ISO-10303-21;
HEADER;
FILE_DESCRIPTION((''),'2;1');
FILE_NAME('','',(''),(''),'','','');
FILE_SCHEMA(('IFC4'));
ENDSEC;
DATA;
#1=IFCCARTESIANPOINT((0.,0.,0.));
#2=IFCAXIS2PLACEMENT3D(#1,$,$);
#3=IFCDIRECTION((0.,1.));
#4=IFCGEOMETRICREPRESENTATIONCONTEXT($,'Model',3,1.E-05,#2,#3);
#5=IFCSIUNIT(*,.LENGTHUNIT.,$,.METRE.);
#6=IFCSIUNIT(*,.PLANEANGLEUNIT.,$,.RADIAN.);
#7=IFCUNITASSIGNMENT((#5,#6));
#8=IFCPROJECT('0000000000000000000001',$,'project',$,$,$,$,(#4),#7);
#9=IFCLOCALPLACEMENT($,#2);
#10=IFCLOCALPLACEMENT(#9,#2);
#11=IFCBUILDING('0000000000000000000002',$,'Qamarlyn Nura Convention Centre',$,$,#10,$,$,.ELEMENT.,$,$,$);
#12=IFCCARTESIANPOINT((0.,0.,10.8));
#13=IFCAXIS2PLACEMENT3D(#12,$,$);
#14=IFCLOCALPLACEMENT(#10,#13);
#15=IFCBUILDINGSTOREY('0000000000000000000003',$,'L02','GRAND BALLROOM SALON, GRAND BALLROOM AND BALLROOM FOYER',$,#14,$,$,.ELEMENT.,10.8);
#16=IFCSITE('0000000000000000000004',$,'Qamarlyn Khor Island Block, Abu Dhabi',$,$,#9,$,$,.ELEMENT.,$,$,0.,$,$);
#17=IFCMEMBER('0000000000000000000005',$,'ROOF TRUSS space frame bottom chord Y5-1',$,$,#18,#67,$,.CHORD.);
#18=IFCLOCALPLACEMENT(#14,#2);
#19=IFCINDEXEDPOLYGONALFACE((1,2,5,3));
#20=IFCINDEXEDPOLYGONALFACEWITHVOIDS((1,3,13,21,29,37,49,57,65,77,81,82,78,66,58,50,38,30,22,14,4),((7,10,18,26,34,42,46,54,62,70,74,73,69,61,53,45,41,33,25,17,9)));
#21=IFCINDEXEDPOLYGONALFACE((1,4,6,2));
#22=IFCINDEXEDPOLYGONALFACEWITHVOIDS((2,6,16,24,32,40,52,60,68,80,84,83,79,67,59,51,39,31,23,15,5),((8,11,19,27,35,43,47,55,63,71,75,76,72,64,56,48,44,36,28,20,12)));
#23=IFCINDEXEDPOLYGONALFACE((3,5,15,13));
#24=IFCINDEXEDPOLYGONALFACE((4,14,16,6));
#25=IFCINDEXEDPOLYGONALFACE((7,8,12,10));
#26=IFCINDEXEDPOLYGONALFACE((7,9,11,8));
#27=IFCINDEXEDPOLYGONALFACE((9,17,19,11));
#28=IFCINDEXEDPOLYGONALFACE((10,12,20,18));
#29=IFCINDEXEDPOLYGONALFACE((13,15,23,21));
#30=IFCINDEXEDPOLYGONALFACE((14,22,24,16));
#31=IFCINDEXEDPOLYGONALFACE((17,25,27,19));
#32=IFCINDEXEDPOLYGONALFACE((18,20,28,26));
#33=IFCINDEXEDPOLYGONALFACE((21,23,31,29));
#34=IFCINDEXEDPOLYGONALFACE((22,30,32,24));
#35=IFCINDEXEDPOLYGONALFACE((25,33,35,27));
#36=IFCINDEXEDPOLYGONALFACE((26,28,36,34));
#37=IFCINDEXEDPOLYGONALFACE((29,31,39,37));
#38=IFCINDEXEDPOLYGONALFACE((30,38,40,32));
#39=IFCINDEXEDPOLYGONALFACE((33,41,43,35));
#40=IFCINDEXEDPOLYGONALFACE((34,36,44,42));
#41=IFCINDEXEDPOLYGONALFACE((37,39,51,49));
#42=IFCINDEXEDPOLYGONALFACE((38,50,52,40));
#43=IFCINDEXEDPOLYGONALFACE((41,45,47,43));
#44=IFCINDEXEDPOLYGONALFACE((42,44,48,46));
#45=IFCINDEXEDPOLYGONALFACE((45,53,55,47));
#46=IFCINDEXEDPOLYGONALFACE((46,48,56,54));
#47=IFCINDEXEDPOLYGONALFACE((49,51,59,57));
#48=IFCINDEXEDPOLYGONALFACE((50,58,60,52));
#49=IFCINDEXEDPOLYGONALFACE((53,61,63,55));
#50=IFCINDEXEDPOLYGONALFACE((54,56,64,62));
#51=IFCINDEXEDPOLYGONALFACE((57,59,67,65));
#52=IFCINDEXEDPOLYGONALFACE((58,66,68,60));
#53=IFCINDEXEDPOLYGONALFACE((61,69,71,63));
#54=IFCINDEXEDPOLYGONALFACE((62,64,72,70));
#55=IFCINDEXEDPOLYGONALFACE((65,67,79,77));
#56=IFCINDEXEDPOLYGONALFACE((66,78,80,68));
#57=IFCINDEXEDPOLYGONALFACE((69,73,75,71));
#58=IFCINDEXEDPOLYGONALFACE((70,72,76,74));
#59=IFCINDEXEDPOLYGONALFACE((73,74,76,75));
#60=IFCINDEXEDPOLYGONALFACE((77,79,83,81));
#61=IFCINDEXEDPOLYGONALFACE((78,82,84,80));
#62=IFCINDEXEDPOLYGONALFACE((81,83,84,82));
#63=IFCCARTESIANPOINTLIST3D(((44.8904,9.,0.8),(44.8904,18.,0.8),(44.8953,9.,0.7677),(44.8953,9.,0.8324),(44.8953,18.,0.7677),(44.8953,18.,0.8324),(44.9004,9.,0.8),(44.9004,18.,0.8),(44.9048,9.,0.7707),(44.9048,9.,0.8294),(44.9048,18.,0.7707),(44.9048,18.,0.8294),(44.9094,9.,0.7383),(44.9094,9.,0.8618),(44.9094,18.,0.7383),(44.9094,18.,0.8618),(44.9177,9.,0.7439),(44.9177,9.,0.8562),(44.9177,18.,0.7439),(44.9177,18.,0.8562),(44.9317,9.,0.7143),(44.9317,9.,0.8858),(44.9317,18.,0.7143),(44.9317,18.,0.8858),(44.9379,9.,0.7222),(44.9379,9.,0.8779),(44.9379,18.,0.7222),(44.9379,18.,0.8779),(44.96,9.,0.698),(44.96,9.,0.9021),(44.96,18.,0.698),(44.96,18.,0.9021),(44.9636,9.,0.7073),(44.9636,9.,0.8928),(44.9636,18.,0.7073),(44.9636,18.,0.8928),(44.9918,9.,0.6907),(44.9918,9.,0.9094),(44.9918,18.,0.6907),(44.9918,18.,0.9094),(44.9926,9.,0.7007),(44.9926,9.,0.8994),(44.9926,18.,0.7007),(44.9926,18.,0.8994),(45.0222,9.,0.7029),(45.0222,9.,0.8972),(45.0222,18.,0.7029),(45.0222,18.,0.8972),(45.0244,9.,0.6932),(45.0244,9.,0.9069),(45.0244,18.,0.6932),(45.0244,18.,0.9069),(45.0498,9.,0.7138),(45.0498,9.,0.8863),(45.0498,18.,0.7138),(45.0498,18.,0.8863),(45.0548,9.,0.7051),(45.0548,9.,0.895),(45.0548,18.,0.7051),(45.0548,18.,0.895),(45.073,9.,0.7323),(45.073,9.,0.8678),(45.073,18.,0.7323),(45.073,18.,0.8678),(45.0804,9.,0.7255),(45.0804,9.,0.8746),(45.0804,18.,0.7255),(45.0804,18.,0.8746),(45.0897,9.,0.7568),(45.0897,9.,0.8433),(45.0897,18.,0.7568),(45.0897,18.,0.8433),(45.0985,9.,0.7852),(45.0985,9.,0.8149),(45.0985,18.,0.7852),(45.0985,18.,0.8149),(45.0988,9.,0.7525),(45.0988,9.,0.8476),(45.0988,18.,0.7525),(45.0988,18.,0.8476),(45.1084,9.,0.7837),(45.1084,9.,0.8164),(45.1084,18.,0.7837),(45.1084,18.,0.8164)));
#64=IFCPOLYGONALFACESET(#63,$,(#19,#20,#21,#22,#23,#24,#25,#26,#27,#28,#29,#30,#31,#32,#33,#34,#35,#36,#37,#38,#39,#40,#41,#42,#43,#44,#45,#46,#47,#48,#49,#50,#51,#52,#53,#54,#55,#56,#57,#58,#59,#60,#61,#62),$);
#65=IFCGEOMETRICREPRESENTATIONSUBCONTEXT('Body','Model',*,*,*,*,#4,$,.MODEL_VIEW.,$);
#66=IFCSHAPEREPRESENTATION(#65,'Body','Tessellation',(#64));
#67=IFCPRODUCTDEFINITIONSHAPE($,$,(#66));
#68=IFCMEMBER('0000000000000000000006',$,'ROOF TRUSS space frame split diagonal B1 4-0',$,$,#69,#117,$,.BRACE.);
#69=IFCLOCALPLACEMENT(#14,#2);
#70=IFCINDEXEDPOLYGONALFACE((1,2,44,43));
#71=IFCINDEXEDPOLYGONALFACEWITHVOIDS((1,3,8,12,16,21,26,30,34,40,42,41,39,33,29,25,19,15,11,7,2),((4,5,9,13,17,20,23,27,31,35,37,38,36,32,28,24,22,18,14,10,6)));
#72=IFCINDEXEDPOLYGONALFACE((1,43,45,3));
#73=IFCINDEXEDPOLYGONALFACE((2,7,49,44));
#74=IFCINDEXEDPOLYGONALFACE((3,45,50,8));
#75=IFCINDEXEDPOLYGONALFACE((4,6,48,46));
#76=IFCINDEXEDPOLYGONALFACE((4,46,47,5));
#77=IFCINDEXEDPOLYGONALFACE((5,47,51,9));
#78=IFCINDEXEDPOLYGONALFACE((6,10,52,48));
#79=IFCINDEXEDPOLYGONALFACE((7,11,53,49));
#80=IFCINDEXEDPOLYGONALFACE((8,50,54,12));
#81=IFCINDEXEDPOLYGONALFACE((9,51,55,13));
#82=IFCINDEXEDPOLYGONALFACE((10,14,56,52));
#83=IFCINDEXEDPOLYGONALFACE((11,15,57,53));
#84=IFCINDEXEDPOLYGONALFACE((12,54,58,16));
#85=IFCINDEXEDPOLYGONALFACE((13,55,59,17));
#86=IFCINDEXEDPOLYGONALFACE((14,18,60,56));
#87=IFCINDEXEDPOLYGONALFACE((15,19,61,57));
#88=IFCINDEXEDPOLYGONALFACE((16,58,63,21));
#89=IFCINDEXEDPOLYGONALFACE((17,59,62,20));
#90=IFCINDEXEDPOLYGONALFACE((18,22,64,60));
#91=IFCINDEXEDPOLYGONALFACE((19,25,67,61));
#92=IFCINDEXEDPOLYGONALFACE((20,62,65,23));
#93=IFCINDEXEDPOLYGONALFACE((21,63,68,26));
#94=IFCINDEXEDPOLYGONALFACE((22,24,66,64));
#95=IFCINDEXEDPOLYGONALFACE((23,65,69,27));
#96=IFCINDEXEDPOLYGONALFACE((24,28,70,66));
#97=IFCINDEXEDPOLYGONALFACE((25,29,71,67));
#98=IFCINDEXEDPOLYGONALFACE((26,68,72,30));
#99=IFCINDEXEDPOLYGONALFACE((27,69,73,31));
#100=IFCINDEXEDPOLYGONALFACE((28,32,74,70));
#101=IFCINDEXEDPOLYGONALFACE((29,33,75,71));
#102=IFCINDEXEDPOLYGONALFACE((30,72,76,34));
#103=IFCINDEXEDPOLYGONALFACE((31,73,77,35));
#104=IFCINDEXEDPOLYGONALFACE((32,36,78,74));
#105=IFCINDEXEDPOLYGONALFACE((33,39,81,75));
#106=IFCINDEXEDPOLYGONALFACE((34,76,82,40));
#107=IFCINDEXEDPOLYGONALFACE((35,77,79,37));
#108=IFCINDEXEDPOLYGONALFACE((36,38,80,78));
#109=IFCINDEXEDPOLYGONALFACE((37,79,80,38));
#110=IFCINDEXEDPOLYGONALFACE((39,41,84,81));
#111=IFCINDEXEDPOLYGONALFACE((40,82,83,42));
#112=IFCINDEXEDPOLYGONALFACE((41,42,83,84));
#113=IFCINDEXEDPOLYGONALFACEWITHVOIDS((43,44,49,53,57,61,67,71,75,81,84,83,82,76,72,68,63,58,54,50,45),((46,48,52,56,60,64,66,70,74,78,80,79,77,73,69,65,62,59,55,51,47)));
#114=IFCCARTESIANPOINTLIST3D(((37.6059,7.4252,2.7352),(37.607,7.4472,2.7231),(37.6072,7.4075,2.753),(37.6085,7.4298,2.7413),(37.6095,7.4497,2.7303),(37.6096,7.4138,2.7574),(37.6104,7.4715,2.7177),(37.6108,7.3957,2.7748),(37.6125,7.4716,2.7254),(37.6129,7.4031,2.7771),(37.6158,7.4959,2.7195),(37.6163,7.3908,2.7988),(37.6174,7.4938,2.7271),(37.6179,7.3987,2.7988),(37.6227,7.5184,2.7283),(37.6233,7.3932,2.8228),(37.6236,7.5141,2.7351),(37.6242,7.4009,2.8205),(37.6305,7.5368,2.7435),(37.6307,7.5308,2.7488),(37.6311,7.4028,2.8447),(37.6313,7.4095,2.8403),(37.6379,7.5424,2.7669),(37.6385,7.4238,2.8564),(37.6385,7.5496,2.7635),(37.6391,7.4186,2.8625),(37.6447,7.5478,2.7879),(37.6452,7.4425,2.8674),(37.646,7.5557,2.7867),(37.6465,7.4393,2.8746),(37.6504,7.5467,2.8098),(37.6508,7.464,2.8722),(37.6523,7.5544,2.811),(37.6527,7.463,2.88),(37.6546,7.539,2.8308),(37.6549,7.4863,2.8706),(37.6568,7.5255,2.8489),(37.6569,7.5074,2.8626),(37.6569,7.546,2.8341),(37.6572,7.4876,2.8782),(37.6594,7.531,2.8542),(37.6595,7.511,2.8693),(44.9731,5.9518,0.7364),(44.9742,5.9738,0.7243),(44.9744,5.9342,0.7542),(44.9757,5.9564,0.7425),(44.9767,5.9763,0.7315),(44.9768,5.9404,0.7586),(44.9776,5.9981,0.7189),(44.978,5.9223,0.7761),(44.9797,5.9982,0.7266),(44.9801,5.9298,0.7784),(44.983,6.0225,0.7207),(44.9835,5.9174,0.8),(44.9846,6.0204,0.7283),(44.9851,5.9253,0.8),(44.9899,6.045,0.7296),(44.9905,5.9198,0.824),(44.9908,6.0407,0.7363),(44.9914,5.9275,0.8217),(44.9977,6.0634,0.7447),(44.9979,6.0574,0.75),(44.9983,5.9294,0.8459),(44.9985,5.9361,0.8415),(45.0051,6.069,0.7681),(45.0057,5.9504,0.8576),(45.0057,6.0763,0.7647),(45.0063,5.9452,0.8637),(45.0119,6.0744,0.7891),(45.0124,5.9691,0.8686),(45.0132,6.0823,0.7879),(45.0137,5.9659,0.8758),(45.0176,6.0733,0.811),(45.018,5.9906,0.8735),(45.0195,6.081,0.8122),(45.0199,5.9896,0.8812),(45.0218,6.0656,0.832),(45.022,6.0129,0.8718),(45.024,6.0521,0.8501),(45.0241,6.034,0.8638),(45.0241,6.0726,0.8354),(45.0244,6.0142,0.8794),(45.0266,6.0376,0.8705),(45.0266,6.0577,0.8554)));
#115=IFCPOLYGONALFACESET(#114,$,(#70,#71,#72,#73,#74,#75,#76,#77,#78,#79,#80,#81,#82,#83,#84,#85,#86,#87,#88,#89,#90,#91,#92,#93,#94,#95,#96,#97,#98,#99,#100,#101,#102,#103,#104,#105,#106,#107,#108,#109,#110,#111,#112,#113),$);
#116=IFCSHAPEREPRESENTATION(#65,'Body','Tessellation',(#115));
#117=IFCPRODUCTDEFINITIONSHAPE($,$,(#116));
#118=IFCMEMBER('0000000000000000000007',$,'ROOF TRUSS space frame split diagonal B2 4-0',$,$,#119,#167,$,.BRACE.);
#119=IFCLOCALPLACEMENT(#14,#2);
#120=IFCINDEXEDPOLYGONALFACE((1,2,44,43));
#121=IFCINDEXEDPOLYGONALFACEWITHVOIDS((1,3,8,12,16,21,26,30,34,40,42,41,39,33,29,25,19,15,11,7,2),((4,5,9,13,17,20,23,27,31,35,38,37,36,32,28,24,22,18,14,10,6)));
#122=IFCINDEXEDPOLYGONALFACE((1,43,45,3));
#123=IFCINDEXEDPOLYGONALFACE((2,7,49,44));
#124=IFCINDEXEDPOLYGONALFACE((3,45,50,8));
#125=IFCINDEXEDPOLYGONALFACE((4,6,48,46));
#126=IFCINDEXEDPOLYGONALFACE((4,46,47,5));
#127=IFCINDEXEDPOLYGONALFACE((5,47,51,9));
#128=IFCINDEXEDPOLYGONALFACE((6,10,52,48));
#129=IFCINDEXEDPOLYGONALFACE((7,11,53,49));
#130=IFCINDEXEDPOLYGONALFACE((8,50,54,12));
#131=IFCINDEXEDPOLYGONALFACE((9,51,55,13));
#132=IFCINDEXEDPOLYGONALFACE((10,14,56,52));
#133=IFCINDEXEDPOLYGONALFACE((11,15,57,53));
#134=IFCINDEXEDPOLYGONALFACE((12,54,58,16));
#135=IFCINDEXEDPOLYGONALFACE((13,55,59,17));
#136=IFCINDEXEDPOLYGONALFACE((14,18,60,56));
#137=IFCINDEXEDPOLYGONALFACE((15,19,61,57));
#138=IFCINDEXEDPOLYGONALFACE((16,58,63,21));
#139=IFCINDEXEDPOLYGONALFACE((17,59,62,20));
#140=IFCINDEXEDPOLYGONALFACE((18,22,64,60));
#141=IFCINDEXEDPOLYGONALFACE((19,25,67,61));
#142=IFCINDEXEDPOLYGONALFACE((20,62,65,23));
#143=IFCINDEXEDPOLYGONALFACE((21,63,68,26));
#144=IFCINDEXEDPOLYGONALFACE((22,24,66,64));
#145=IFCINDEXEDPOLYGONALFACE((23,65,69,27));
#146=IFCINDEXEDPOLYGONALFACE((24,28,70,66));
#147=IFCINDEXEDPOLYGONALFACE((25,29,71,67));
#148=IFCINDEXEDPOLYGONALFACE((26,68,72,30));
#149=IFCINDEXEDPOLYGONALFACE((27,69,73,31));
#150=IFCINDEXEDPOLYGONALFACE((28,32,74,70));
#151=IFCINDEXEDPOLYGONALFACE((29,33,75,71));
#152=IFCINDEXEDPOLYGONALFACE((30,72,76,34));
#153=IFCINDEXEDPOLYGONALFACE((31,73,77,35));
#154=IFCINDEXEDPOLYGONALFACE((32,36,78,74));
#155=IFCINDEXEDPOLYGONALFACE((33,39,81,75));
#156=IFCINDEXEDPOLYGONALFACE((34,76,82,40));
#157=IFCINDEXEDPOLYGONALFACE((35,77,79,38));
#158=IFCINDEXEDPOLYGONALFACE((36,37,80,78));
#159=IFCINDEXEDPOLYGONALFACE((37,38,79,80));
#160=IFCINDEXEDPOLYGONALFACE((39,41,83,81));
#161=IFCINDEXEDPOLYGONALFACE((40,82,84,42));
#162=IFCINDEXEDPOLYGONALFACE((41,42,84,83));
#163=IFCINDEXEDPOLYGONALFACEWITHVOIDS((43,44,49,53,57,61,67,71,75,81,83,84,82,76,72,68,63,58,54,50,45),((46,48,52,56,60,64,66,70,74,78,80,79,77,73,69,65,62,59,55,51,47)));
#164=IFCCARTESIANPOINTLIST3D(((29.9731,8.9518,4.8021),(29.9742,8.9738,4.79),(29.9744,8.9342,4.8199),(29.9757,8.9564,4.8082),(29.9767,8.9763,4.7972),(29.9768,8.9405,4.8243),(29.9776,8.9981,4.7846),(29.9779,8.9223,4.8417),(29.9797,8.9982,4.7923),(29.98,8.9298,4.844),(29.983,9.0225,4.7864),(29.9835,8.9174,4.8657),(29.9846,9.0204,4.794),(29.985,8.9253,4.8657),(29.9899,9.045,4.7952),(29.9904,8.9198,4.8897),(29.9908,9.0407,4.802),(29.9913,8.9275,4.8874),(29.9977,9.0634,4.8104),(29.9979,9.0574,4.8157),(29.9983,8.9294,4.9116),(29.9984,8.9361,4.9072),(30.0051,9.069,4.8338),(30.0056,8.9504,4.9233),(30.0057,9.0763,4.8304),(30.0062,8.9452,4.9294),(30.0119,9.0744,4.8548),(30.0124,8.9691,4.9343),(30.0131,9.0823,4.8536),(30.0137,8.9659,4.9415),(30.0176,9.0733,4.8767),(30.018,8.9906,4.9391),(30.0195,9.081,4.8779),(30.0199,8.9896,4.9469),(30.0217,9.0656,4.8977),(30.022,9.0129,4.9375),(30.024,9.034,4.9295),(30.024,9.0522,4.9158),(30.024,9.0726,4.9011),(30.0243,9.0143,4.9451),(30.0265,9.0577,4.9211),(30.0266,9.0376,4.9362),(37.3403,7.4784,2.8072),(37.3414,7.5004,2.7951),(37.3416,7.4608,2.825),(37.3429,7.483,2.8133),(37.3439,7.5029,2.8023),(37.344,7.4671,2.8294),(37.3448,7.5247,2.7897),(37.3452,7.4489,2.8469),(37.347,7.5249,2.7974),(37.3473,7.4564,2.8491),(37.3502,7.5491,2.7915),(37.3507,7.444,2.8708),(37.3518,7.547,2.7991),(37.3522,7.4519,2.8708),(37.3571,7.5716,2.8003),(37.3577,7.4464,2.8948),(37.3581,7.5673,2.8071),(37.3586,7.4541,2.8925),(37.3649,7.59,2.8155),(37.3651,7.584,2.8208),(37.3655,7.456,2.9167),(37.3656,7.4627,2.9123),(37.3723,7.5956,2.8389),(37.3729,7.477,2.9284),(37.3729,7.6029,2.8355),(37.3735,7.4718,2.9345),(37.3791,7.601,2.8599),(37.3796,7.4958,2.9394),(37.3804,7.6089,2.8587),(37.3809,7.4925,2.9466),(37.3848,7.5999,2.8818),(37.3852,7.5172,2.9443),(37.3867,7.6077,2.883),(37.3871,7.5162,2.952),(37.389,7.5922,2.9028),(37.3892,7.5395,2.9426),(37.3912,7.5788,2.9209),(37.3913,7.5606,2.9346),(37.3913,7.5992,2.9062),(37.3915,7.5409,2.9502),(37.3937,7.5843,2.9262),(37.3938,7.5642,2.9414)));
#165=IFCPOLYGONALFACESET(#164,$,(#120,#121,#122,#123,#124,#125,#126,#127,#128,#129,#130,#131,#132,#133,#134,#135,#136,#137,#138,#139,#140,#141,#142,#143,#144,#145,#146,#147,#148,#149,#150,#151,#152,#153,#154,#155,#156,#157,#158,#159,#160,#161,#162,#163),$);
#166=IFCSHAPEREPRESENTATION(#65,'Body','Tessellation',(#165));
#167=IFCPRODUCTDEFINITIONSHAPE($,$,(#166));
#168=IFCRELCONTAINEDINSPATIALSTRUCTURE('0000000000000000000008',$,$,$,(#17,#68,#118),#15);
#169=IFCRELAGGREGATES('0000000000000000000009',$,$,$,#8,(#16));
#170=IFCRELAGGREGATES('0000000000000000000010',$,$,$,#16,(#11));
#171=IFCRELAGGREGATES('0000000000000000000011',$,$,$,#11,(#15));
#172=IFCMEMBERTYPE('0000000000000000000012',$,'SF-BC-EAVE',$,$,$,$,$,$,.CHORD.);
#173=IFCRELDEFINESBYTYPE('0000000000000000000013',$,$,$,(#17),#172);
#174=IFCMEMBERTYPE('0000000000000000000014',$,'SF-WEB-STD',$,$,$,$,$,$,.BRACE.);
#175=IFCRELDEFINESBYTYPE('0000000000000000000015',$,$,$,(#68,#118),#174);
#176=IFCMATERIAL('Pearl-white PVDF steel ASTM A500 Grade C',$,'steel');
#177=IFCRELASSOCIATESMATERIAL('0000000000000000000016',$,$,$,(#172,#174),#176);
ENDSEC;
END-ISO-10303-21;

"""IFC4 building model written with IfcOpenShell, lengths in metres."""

from ifc_helpers import new_model, si_unit, direction, frame, origin, origin_2d, place, context, subcontext, project, spatial, hollow_circle, extrude, material, material_profile, profile_set, type_object, element, save


model = new_model("IFC4")

# Units and contexts
model_context = context("Model", 3, precision=1e-05, world=origin(), true_north=direction((0.0, 1.0)))
body_context = subcontext(model_context, "Body", "Model", "MODEL_VIEW")
ifc_project = project(units=[si_unit("LENGTHUNIT", "METRE"), si_unit("PLANEANGLEUNIT", "RADIAN")], contexts=[model_context])

# Site, building, storey
site_placement = place(None, origin())
site = spatial("IfcSite", under=ifc_project, at=site_placement, Name="Qamarlyn Khor Island Block, Abu Dhabi", CompositionType="ELEMENT", RefElevation=0.0)
building_placement = place(site_placement, origin())
building = spatial("IfcBuilding", under=site, at=building_placement, Name="Qamarlyn Nura Convention Centre", CompositionType="ELEMENT")
storey_placement = place(building_placement, frame((0.0, 0.0, 10.8)))
storey = spatial("IfcBuildingStorey", under=building, at=storey_placement, Name="L02", Description="GRAND BALLROOM SALON, GRAND BALLROOM AND BALLROOM FOYER", CompositionType="ELEMENT", Elevation=10.8)

# Members
ifc_material_1 = material(Name="Pearl-white PVDF steel ASTM A500 Grade C", Category="steel")
ifc_material_profile_1 = material_profile(ifc_material_1, hollow_circle(Radius=0.1096, WallThickness=0.01, at=origin_2d()), Name="CHS219.1X10")
ifc_profile_set_1 = profile_set([ifc_material_profile_1], Name="Pearl-white PVDF steel ASTM A500 Grade C")
member_type_1 = type_object("IfcMemberType", Name="SF-BC-EAVE", PredefinedType="CHORD", material=ifc_profile_set_1)
member_1_placement = place(storey_placement, frame((45.0, 9.0, 0.8), z_axis=(0.0, 1.0, 0.0), x_axis=(-1.0, 0.0, 0.0)))
element("IfcMember", 1, at=member_1_placement, inside=storey, type_object=member_type_1, Name="ROOF TRUSS space frame bottom chord Y5-1", PredefinedType="CHORD", context=body_context, shape_type="SweptSolid", body=[
    extrude(hollow_circle(Radius=0.1096, WallThickness=0.01, at=origin_2d()), origin(), (0.0, 0.0, 1.0), 9.0),
])
ifc_material_profile_2 = material_profile(ifc_material_1, hollow_circle(Radius=0.0842, WallThickness=0.0081, at=origin_2d()), Name="CHS168.3X8")
ifc_profile_set_2 = profile_set([ifc_material_profile_2], Name="Pearl-white PVDF steel ASTM A500 Grade C")
member_type_2 = type_object("IfcMemberType", Name="SF-WEB-STD", PredefinedType="BRACE", material=ifc_profile_set_2)
member_2_placement = place(storey_placement, frame((45.0, 6.0, 0.8), z_axis=(-0.94762, 0.189518, 0.257097), x_axis=(-0.19611, -0.980582, 0.0)))
element("IfcMember", 2, at=member_2_placement, inside=storey, type_object=member_type_2, Name="ROOF TRUSS space frame split diagonal B1 4-0", PredefinedType="BRACE", context=body_context, shape_type="SweptSolid", body=[
    extrude(hollow_circle(Radius=0.0842, WallThickness=0.0081, at=origin_2d()), origin(), (0.0, 0.0, 1.0), 7.7744),
])
member_3_placement = place(storey_placement, frame((37.3672, 7.5266, 2.8708), z_axis=(-0.947743, 0.189542, 0.256628), x_axis=(-0.19611, -0.980582, 0.0)))
element("IfcMember", 3, at=member_3_placement, inside=storey, type_object=member_type_2, Name="ROOF TRUSS space frame split diagonal B2 4-0", PredefinedType="BRACE", context=body_context, shape_type="SweptSolid", body=[
    extrude(hollow_circle(Radius=0.0842, WallThickness=0.0081, at=origin_2d()), origin(), (0.0, 0.0, 1.0), 7.7734),
])

save(model, "model.ifc")
